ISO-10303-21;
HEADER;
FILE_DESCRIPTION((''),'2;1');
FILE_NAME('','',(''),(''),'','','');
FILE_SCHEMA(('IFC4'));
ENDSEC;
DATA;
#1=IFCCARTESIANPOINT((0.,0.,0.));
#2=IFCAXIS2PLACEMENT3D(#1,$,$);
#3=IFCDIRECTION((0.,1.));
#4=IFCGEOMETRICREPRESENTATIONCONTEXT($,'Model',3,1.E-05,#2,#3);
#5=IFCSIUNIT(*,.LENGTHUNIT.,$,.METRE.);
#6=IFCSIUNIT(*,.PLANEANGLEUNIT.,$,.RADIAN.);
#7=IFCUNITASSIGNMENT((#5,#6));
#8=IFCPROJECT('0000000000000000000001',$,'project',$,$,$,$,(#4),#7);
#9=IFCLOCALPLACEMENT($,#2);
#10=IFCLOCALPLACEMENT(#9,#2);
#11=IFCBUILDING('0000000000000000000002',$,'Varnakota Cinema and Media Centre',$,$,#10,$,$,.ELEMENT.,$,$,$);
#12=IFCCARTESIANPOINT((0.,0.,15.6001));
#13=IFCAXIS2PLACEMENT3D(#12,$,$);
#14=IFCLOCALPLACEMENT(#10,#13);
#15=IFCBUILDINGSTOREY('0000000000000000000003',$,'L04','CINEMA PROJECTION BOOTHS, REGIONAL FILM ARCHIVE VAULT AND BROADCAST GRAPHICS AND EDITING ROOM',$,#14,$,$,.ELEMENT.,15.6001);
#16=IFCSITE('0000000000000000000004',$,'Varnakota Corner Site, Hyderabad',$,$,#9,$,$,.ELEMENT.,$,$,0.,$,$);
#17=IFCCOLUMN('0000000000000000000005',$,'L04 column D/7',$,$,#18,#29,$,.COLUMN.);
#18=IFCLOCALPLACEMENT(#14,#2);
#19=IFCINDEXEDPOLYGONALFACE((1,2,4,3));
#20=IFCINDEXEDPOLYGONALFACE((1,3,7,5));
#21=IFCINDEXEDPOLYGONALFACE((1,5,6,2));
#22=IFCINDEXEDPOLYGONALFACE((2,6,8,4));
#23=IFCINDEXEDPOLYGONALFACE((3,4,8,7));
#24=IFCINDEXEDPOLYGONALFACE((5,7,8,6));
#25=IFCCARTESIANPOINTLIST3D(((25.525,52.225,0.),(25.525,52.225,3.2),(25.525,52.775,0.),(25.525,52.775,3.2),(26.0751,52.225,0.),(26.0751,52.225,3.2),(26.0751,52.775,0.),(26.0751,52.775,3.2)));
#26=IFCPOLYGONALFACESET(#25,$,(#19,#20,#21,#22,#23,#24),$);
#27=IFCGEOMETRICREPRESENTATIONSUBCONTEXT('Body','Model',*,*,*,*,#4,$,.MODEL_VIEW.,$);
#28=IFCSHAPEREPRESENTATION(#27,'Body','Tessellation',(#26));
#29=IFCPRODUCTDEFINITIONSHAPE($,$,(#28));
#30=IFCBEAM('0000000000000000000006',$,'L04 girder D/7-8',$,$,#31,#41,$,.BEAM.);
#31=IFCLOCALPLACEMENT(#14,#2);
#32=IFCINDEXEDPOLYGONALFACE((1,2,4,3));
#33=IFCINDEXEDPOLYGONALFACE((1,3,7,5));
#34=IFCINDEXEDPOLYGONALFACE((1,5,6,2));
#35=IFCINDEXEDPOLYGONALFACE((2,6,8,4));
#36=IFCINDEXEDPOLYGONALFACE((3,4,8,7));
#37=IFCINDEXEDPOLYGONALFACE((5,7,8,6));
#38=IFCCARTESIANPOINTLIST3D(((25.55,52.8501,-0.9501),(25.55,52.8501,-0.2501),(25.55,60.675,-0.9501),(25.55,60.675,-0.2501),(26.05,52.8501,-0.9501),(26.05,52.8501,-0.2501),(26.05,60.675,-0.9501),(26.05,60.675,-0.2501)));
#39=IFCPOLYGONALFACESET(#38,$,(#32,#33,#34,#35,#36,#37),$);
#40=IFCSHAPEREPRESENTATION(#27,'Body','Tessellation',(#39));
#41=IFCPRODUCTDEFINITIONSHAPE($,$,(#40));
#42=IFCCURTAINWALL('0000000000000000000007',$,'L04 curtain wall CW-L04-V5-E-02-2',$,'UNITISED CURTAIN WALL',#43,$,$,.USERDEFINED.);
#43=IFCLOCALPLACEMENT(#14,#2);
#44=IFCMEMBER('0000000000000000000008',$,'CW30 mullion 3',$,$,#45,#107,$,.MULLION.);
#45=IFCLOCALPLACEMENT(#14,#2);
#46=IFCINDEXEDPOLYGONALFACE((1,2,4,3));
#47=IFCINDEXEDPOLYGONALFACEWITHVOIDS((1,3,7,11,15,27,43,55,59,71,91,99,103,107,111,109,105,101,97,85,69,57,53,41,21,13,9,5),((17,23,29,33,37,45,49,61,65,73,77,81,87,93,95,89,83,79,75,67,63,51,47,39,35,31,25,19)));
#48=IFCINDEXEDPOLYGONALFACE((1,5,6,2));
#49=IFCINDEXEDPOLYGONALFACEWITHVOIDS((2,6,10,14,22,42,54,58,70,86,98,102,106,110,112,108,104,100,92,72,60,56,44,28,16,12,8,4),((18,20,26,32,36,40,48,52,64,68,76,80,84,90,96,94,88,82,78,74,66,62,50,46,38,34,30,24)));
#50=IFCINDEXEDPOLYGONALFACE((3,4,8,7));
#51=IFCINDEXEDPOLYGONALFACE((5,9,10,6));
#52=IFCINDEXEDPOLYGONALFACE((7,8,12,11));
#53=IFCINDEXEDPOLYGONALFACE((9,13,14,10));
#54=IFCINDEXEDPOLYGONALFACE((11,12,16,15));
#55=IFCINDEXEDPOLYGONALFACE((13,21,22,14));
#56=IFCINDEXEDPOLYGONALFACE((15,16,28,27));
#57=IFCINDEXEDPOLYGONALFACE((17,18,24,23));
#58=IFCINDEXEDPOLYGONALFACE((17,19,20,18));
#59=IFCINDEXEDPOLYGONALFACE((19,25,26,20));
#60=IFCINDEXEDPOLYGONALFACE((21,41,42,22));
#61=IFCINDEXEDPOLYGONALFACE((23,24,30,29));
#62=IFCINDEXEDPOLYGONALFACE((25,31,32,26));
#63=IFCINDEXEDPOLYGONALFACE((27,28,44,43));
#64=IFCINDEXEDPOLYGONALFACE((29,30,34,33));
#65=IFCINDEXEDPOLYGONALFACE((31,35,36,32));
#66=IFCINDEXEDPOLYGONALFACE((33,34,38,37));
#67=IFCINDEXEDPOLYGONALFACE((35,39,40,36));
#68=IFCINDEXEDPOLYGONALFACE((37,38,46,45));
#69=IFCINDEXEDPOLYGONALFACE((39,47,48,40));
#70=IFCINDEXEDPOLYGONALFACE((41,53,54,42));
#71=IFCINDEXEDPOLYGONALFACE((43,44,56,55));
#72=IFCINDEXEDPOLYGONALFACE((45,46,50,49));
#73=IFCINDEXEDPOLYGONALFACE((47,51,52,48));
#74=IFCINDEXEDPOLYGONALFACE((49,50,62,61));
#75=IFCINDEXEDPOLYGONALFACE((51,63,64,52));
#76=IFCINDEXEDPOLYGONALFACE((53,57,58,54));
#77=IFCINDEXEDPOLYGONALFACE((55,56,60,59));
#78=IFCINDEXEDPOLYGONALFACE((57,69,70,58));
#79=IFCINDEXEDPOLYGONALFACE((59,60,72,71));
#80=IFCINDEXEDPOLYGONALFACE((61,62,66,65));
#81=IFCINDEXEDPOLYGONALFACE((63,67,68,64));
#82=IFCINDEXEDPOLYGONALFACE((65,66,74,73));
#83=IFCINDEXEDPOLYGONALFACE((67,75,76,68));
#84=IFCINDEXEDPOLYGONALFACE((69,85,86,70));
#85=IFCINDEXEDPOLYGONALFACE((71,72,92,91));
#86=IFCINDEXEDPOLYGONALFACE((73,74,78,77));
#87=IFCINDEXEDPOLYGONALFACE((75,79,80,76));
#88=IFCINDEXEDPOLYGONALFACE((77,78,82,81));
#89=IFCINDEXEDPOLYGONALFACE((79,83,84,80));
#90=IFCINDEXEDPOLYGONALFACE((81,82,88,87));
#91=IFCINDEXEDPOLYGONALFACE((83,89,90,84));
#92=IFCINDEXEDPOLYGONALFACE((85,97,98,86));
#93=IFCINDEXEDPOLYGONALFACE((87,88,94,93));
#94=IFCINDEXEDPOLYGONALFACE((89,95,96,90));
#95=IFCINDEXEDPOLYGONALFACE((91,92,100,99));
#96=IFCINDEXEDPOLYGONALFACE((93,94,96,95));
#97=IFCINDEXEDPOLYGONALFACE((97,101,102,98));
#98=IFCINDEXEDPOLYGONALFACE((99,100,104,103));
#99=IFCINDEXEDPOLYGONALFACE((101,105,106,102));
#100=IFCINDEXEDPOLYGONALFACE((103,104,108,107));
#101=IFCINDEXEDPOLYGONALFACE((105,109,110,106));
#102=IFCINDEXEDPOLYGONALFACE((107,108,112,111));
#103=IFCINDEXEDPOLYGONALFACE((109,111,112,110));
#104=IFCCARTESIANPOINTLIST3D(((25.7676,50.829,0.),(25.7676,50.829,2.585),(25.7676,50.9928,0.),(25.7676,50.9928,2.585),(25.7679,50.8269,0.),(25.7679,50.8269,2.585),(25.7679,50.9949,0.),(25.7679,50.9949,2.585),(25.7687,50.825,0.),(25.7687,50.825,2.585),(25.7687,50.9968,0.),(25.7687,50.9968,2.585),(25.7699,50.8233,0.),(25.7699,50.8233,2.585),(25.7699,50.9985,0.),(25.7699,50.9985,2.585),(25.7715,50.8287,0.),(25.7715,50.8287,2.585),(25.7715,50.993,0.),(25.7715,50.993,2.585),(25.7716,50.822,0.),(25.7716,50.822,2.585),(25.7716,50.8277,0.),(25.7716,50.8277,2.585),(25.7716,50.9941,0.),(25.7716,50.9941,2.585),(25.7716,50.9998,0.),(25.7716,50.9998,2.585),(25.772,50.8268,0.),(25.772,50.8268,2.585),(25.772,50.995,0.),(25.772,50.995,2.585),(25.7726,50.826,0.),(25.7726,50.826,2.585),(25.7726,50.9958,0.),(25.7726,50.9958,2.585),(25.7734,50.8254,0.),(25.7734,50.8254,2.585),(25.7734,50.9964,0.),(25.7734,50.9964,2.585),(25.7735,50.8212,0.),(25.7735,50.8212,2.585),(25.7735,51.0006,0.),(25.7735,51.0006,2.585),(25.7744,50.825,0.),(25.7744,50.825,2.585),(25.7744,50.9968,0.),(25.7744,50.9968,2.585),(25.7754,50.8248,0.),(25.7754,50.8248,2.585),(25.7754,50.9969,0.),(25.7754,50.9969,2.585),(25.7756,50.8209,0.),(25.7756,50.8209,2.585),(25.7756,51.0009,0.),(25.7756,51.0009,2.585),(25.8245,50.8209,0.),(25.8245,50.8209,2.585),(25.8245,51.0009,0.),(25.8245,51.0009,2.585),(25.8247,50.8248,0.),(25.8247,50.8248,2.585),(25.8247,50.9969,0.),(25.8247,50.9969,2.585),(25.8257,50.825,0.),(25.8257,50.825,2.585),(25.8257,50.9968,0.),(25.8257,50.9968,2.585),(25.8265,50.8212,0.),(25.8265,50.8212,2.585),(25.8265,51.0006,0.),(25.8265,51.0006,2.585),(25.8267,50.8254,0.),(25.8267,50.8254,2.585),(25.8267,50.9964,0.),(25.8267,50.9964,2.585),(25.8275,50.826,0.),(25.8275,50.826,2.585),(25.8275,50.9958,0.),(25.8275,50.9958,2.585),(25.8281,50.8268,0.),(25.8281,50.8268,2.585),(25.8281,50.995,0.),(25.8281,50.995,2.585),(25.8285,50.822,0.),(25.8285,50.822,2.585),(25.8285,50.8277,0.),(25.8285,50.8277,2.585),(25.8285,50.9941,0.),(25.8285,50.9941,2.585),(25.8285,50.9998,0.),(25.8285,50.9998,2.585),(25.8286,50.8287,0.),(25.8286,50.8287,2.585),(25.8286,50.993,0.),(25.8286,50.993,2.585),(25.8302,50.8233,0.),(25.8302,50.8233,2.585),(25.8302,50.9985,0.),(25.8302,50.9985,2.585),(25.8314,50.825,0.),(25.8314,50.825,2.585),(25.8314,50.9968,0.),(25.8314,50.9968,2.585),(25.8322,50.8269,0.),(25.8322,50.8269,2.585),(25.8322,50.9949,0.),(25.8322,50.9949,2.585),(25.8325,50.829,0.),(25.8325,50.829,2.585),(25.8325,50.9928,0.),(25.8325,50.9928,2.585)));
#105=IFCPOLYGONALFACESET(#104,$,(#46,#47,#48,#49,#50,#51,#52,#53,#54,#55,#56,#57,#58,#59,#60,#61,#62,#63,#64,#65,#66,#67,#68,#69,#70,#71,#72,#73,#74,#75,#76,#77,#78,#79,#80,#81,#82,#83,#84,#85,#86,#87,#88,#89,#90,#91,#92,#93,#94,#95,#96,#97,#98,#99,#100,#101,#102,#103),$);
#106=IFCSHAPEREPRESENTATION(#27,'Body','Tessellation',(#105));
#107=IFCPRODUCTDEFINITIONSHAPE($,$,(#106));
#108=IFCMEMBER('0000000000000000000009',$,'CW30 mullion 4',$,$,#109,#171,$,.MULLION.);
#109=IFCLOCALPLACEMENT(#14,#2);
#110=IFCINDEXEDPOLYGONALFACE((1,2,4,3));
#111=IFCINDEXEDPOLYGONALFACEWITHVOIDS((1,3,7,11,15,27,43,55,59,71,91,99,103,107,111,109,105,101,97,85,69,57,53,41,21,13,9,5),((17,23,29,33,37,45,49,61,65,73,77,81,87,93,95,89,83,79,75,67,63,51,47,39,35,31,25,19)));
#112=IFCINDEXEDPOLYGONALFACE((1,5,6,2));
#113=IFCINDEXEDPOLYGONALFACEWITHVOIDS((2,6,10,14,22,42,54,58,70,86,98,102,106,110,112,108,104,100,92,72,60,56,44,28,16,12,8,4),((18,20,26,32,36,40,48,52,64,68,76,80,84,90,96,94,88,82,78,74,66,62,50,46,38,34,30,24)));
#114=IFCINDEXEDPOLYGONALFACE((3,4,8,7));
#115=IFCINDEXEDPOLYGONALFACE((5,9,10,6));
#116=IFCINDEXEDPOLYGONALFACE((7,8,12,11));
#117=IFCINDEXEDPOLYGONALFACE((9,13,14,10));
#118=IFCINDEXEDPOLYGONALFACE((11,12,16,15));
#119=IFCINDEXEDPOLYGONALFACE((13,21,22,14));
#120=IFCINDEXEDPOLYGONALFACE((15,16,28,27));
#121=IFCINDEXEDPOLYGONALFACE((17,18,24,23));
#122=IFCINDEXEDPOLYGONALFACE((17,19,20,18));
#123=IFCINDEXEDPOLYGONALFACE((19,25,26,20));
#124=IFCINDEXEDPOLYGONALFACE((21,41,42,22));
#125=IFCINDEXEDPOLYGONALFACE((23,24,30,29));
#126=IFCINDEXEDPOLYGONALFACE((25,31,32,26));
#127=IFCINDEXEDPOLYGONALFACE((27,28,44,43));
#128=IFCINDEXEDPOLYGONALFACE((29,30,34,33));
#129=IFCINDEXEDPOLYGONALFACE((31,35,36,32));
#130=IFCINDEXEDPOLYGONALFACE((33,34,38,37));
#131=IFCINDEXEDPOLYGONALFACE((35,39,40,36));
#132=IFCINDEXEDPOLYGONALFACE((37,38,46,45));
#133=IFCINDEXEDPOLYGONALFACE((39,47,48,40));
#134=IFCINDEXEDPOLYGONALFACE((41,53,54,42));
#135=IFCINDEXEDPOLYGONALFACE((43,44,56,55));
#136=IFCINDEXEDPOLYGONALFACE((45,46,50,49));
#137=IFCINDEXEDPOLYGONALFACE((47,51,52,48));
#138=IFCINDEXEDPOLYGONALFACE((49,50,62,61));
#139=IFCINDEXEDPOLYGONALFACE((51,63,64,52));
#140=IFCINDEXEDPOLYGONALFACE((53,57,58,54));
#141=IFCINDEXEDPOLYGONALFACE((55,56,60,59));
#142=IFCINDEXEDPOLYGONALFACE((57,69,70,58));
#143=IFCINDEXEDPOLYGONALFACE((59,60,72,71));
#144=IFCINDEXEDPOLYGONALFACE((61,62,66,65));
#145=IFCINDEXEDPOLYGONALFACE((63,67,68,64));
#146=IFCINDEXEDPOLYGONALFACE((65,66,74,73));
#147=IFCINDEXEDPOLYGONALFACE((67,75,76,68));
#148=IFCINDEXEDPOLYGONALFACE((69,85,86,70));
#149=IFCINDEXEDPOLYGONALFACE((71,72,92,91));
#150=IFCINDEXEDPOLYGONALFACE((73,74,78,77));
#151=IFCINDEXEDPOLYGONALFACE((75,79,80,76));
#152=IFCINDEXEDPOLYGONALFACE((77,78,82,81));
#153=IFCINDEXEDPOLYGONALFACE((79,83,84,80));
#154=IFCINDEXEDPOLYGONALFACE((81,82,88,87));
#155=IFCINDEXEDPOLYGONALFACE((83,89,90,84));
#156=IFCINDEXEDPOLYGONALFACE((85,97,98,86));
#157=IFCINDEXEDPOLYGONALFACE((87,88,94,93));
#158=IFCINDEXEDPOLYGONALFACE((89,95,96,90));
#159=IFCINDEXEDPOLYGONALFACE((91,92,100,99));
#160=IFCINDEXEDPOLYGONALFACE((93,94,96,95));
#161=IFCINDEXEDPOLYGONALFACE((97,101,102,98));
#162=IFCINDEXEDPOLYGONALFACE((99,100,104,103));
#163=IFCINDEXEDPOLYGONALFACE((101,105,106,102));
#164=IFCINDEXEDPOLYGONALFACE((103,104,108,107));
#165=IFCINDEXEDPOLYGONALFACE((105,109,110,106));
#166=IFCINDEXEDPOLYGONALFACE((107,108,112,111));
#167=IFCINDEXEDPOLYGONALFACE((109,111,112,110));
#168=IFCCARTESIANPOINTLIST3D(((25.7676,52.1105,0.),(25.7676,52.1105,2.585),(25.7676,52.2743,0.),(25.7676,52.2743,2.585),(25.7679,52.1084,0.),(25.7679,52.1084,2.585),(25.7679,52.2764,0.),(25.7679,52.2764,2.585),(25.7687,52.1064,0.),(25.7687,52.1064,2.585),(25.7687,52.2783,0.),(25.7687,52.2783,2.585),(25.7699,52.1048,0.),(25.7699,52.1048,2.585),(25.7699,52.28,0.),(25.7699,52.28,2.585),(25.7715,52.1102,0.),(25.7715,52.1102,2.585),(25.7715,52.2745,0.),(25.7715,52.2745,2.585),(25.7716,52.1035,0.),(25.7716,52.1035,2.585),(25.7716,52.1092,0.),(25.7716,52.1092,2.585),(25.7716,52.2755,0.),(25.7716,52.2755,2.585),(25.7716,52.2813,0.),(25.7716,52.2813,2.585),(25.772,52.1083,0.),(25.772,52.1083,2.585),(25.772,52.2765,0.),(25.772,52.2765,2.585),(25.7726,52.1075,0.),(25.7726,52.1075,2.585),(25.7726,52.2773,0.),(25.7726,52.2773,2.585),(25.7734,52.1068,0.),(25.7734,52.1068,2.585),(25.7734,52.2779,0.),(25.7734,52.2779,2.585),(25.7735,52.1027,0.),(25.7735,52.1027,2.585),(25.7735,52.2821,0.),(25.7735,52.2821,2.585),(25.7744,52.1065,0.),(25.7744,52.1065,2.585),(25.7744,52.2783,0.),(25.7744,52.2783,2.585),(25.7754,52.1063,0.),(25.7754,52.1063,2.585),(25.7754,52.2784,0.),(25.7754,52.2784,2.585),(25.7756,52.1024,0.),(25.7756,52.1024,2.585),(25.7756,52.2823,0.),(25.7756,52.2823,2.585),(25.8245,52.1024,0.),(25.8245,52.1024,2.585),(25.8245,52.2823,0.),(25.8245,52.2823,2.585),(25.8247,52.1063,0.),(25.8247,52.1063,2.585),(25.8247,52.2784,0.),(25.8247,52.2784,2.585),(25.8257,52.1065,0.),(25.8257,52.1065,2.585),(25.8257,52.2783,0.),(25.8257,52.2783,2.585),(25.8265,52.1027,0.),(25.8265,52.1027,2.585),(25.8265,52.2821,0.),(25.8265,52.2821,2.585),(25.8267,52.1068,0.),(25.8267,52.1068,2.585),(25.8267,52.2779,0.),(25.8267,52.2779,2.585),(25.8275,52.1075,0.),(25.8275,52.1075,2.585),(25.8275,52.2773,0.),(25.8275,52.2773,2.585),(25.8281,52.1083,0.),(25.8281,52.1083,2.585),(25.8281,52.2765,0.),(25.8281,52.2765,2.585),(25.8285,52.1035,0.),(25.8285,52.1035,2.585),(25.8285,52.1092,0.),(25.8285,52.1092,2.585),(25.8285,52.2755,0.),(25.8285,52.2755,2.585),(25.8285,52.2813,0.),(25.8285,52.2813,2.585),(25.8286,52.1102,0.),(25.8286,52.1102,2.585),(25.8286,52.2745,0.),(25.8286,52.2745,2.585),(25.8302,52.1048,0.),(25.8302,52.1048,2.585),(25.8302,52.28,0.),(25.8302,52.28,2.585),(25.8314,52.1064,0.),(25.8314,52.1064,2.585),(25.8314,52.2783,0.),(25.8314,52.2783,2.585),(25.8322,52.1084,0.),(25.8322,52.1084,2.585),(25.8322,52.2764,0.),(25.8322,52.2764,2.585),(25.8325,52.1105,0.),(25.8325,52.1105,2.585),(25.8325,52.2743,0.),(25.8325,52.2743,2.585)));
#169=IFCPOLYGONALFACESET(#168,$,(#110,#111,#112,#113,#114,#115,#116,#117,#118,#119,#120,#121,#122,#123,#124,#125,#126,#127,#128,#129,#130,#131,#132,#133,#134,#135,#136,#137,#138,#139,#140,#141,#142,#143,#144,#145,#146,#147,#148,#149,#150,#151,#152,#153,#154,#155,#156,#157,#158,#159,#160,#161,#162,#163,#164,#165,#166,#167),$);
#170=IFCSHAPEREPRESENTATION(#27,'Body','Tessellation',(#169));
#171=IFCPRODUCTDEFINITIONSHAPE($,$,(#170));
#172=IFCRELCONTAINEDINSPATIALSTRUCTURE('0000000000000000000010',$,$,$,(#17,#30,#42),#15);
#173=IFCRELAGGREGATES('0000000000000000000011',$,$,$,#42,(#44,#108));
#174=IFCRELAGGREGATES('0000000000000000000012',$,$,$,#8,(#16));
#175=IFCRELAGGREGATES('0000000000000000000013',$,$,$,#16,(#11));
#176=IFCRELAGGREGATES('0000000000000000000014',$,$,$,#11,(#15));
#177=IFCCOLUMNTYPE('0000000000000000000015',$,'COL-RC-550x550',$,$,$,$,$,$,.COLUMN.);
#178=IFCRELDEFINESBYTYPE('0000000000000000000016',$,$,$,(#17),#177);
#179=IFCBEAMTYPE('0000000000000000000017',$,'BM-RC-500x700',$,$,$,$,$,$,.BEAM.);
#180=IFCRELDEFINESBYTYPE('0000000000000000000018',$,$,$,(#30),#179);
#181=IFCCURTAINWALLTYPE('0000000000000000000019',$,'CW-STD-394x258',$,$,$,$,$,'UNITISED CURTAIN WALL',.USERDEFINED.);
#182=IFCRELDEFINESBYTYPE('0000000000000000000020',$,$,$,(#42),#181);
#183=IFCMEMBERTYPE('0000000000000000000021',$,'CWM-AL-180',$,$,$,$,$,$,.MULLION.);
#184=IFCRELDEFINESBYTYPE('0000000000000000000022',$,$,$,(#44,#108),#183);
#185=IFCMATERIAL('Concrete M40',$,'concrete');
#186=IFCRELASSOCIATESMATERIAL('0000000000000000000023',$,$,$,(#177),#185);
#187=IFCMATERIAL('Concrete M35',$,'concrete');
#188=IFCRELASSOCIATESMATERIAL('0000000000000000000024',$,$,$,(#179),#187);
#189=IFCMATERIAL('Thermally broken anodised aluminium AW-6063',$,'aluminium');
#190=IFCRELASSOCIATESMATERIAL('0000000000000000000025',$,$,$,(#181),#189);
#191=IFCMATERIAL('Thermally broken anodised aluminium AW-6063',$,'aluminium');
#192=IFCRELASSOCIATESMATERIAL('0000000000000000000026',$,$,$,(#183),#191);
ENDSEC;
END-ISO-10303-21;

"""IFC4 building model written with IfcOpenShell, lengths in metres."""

from ifc_helpers import new_model, si_unit, direction, frame, origin, origin_2d, place, context, subcontext, project, spatial, rectangle, hollow_rectangle, extrude, material, material_profile, profile_set, type_object, element, aggregate, save


model = new_model("IFC4")

# Units and contexts
model_context = context("Model", 3, precision=1e-05, world=origin(), true_north=direction((0.0, 1.0)))
body_context = subcontext(model_context, "Body", "Model", "MODEL_VIEW")
ifc_project = project(units=[si_unit("LENGTHUNIT", "METRE"), si_unit("PLANEANGLEUNIT", "RADIAN")], contexts=[model_context])

# Site, building, storey
site_placement = place(None, origin())
site = spatial("IfcSite", under=ifc_project, at=site_placement, Name="Varnakota Corner Site, Hyderabad", CompositionType="ELEMENT", RefElevation=0.0)
building_placement = place(site_placement, origin())
building = spatial("IfcBuilding", under=site, at=building_placement, Name="Varnakota Cinema and Media Centre", CompositionType="ELEMENT")
storey_placement = place(building_placement, frame((0.0, 0.0, 15.6001)))
storey = spatial("IfcBuildingStorey", under=building, at=storey_placement, Name="L04", Description="CINEMA PROJECTION BOOTHS, REGIONAL FILM ARCHIVE VAULT AND BROADCAST GRAPHICS AND EDITING ROOM", CompositionType="ELEMENT", Elevation=15.6001)

# Column
ifc_material_1 = material(Name="Concrete M40", Category="concrete")
ifc_material_profile_1 = material_profile(ifc_material_1, rectangle(XDim=0.55, YDim=0.55, at=origin_2d()), Name="RC 550x550")
ifc_profile_set_1 = profile_set([ifc_material_profile_1], Name="Concrete M40")
column_type = type_object("IfcColumnType", Name="COL-RC-550x550", PredefinedType="COLUMN", material=ifc_profile_set_1)
column_placement = place(storey_placement, frame((25.8, 52.5, 0.0), z_axis=(0.0, 0.0, 1.0), x_axis=(1.0, 0.0, 0.0)))
element("IfcColumn", 1, at=column_placement, inside=storey, type_object=column_type, Name="L04 column D/7", PredefinedType="COLUMN", context=body_context, shape_type="SweptSolid", body=[
    extrude(rectangle(XDim=0.55, YDim=0.55, at=origin_2d()), origin(), (0.0, 0.0, 1.0), 3.2),
])

# Beam
ifc_material_2 = material(Name="Concrete M35", Category="concrete")
ifc_material_profile_2 = material_profile(ifc_material_2, rectangle(XDim=0.5, YDim=0.7, at=origin_2d()), Name="RCB 500x700")
ifc_profile_set_2 = profile_set([ifc_material_profile_2], Name="Concrete M35")
beam_type = type_object("IfcBeamType", Name="BM-RC-500x700", PredefinedType="BEAM", material=ifc_profile_set_2)
beam_placement = place(storey_placement, frame((25.8, 52.8501, -0.6001), z_axis=(0.0, 1.0, 0.0), x_axis=(-1.0, 0.0, 0.0)))
element("IfcBeam", 2, at=beam_placement, inside=storey, type_object=beam_type, Name="L04 girder D/7-8", PredefinedType="BEAM", context=body_context, shape_type="SweptSolid", body=[
    extrude(rectangle(XDim=0.5, YDim=0.7, at=origin_2d()), origin(), (0.0, 0.0, 1.0), 7.825),
])

# Curtain wall, members
ifc_material_3 = material(Name="Thermally broken anodised aluminium AW-6063", Category="aluminium")
curtain_wall_type_1 = type_object("IfcCurtainWallType", Name="CW-STD-394x258", ElementType="UNITISED CURTAIN WALL", PredefinedType="USERDEFINED", material=ifc_material_3)
curtain_wall_1_placement = place(storey_placement, origin())
curtain_wall_1 = element("IfcCurtainWall", 3, at=curtain_wall_1_placement, inside=storey, type_object=curtain_wall_type_1, Name="L04 curtain wall CW-L04-V5-E-02-2", ObjectType="UNITISED CURTAIN WALL", PredefinedType="USERDEFINED")
ifc_material_4 = material(Name="Thermally broken anodised aluminium AW-6063", Category="aluminium")
ifc_material_profile_3 = material_profile(ifc_material_4, hollow_rectangle(XDim=0.0649, YDim=0.1799, WallThickness=0.0039, InnerFilletRadius=0.0039, OuterFilletRadius=0.0081, at=origin_2d()), Name="AL-MULLION 180x65x4")
ifc_profile_set_3 = profile_set([ifc_material_profile_3], Name="Thermally broken anodised aluminium AW-6063")
member_type_1 = type_object("IfcMemberType", Name="CWM-AL-180", PredefinedType="MULLION", material=ifc_profile_set_3)
member_1_placement = place(storey_placement, frame((25.8, 50.9109, 0.0), z_axis=(0.0, 0.0, 1.0), x_axis=(-1.0, 0.0, 0.0)))
member_1 = element("IfcMember", 4, at=member_1_placement, type_object=member_type_1, Name="CW30 mullion 3", PredefinedType="MULLION", context=body_context, shape_type="SweptSolid", body=[
    extrude(hollow_rectangle(XDim=0.0649, YDim=0.1799, WallThickness=0.0039, InnerFilletRadius=0.0039, OuterFilletRadius=0.0081, at=origin_2d()), origin(), (0.0, 0.0, 1.0), 2.585),
])
member_2_placement = place(storey_placement, frame((25.8, 52.1924, 0.0), z_axis=(0.0, 0.0, 1.0), x_axis=(-1.0, 0.0, 0.0)))
member_2 = element("IfcMember", 5, at=member_2_placement, type_object=member_type_1, Name="CW30 mullion 4", PredefinedType="MULLION", context=body_context, shape_type="SweptSolid", body=[
    extrude(hollow_rectangle(XDim=0.0649, YDim=0.1799, WallThickness=0.0039, InnerFilletRadius=0.0039, OuterFilletRadius=0.0081, at=origin_2d()), origin(), (0.0, 0.0, 1.0), 2.585),
])

aggregate(curtain_wall_1, [member_1, member_2])

save(model, "model.ifc")
